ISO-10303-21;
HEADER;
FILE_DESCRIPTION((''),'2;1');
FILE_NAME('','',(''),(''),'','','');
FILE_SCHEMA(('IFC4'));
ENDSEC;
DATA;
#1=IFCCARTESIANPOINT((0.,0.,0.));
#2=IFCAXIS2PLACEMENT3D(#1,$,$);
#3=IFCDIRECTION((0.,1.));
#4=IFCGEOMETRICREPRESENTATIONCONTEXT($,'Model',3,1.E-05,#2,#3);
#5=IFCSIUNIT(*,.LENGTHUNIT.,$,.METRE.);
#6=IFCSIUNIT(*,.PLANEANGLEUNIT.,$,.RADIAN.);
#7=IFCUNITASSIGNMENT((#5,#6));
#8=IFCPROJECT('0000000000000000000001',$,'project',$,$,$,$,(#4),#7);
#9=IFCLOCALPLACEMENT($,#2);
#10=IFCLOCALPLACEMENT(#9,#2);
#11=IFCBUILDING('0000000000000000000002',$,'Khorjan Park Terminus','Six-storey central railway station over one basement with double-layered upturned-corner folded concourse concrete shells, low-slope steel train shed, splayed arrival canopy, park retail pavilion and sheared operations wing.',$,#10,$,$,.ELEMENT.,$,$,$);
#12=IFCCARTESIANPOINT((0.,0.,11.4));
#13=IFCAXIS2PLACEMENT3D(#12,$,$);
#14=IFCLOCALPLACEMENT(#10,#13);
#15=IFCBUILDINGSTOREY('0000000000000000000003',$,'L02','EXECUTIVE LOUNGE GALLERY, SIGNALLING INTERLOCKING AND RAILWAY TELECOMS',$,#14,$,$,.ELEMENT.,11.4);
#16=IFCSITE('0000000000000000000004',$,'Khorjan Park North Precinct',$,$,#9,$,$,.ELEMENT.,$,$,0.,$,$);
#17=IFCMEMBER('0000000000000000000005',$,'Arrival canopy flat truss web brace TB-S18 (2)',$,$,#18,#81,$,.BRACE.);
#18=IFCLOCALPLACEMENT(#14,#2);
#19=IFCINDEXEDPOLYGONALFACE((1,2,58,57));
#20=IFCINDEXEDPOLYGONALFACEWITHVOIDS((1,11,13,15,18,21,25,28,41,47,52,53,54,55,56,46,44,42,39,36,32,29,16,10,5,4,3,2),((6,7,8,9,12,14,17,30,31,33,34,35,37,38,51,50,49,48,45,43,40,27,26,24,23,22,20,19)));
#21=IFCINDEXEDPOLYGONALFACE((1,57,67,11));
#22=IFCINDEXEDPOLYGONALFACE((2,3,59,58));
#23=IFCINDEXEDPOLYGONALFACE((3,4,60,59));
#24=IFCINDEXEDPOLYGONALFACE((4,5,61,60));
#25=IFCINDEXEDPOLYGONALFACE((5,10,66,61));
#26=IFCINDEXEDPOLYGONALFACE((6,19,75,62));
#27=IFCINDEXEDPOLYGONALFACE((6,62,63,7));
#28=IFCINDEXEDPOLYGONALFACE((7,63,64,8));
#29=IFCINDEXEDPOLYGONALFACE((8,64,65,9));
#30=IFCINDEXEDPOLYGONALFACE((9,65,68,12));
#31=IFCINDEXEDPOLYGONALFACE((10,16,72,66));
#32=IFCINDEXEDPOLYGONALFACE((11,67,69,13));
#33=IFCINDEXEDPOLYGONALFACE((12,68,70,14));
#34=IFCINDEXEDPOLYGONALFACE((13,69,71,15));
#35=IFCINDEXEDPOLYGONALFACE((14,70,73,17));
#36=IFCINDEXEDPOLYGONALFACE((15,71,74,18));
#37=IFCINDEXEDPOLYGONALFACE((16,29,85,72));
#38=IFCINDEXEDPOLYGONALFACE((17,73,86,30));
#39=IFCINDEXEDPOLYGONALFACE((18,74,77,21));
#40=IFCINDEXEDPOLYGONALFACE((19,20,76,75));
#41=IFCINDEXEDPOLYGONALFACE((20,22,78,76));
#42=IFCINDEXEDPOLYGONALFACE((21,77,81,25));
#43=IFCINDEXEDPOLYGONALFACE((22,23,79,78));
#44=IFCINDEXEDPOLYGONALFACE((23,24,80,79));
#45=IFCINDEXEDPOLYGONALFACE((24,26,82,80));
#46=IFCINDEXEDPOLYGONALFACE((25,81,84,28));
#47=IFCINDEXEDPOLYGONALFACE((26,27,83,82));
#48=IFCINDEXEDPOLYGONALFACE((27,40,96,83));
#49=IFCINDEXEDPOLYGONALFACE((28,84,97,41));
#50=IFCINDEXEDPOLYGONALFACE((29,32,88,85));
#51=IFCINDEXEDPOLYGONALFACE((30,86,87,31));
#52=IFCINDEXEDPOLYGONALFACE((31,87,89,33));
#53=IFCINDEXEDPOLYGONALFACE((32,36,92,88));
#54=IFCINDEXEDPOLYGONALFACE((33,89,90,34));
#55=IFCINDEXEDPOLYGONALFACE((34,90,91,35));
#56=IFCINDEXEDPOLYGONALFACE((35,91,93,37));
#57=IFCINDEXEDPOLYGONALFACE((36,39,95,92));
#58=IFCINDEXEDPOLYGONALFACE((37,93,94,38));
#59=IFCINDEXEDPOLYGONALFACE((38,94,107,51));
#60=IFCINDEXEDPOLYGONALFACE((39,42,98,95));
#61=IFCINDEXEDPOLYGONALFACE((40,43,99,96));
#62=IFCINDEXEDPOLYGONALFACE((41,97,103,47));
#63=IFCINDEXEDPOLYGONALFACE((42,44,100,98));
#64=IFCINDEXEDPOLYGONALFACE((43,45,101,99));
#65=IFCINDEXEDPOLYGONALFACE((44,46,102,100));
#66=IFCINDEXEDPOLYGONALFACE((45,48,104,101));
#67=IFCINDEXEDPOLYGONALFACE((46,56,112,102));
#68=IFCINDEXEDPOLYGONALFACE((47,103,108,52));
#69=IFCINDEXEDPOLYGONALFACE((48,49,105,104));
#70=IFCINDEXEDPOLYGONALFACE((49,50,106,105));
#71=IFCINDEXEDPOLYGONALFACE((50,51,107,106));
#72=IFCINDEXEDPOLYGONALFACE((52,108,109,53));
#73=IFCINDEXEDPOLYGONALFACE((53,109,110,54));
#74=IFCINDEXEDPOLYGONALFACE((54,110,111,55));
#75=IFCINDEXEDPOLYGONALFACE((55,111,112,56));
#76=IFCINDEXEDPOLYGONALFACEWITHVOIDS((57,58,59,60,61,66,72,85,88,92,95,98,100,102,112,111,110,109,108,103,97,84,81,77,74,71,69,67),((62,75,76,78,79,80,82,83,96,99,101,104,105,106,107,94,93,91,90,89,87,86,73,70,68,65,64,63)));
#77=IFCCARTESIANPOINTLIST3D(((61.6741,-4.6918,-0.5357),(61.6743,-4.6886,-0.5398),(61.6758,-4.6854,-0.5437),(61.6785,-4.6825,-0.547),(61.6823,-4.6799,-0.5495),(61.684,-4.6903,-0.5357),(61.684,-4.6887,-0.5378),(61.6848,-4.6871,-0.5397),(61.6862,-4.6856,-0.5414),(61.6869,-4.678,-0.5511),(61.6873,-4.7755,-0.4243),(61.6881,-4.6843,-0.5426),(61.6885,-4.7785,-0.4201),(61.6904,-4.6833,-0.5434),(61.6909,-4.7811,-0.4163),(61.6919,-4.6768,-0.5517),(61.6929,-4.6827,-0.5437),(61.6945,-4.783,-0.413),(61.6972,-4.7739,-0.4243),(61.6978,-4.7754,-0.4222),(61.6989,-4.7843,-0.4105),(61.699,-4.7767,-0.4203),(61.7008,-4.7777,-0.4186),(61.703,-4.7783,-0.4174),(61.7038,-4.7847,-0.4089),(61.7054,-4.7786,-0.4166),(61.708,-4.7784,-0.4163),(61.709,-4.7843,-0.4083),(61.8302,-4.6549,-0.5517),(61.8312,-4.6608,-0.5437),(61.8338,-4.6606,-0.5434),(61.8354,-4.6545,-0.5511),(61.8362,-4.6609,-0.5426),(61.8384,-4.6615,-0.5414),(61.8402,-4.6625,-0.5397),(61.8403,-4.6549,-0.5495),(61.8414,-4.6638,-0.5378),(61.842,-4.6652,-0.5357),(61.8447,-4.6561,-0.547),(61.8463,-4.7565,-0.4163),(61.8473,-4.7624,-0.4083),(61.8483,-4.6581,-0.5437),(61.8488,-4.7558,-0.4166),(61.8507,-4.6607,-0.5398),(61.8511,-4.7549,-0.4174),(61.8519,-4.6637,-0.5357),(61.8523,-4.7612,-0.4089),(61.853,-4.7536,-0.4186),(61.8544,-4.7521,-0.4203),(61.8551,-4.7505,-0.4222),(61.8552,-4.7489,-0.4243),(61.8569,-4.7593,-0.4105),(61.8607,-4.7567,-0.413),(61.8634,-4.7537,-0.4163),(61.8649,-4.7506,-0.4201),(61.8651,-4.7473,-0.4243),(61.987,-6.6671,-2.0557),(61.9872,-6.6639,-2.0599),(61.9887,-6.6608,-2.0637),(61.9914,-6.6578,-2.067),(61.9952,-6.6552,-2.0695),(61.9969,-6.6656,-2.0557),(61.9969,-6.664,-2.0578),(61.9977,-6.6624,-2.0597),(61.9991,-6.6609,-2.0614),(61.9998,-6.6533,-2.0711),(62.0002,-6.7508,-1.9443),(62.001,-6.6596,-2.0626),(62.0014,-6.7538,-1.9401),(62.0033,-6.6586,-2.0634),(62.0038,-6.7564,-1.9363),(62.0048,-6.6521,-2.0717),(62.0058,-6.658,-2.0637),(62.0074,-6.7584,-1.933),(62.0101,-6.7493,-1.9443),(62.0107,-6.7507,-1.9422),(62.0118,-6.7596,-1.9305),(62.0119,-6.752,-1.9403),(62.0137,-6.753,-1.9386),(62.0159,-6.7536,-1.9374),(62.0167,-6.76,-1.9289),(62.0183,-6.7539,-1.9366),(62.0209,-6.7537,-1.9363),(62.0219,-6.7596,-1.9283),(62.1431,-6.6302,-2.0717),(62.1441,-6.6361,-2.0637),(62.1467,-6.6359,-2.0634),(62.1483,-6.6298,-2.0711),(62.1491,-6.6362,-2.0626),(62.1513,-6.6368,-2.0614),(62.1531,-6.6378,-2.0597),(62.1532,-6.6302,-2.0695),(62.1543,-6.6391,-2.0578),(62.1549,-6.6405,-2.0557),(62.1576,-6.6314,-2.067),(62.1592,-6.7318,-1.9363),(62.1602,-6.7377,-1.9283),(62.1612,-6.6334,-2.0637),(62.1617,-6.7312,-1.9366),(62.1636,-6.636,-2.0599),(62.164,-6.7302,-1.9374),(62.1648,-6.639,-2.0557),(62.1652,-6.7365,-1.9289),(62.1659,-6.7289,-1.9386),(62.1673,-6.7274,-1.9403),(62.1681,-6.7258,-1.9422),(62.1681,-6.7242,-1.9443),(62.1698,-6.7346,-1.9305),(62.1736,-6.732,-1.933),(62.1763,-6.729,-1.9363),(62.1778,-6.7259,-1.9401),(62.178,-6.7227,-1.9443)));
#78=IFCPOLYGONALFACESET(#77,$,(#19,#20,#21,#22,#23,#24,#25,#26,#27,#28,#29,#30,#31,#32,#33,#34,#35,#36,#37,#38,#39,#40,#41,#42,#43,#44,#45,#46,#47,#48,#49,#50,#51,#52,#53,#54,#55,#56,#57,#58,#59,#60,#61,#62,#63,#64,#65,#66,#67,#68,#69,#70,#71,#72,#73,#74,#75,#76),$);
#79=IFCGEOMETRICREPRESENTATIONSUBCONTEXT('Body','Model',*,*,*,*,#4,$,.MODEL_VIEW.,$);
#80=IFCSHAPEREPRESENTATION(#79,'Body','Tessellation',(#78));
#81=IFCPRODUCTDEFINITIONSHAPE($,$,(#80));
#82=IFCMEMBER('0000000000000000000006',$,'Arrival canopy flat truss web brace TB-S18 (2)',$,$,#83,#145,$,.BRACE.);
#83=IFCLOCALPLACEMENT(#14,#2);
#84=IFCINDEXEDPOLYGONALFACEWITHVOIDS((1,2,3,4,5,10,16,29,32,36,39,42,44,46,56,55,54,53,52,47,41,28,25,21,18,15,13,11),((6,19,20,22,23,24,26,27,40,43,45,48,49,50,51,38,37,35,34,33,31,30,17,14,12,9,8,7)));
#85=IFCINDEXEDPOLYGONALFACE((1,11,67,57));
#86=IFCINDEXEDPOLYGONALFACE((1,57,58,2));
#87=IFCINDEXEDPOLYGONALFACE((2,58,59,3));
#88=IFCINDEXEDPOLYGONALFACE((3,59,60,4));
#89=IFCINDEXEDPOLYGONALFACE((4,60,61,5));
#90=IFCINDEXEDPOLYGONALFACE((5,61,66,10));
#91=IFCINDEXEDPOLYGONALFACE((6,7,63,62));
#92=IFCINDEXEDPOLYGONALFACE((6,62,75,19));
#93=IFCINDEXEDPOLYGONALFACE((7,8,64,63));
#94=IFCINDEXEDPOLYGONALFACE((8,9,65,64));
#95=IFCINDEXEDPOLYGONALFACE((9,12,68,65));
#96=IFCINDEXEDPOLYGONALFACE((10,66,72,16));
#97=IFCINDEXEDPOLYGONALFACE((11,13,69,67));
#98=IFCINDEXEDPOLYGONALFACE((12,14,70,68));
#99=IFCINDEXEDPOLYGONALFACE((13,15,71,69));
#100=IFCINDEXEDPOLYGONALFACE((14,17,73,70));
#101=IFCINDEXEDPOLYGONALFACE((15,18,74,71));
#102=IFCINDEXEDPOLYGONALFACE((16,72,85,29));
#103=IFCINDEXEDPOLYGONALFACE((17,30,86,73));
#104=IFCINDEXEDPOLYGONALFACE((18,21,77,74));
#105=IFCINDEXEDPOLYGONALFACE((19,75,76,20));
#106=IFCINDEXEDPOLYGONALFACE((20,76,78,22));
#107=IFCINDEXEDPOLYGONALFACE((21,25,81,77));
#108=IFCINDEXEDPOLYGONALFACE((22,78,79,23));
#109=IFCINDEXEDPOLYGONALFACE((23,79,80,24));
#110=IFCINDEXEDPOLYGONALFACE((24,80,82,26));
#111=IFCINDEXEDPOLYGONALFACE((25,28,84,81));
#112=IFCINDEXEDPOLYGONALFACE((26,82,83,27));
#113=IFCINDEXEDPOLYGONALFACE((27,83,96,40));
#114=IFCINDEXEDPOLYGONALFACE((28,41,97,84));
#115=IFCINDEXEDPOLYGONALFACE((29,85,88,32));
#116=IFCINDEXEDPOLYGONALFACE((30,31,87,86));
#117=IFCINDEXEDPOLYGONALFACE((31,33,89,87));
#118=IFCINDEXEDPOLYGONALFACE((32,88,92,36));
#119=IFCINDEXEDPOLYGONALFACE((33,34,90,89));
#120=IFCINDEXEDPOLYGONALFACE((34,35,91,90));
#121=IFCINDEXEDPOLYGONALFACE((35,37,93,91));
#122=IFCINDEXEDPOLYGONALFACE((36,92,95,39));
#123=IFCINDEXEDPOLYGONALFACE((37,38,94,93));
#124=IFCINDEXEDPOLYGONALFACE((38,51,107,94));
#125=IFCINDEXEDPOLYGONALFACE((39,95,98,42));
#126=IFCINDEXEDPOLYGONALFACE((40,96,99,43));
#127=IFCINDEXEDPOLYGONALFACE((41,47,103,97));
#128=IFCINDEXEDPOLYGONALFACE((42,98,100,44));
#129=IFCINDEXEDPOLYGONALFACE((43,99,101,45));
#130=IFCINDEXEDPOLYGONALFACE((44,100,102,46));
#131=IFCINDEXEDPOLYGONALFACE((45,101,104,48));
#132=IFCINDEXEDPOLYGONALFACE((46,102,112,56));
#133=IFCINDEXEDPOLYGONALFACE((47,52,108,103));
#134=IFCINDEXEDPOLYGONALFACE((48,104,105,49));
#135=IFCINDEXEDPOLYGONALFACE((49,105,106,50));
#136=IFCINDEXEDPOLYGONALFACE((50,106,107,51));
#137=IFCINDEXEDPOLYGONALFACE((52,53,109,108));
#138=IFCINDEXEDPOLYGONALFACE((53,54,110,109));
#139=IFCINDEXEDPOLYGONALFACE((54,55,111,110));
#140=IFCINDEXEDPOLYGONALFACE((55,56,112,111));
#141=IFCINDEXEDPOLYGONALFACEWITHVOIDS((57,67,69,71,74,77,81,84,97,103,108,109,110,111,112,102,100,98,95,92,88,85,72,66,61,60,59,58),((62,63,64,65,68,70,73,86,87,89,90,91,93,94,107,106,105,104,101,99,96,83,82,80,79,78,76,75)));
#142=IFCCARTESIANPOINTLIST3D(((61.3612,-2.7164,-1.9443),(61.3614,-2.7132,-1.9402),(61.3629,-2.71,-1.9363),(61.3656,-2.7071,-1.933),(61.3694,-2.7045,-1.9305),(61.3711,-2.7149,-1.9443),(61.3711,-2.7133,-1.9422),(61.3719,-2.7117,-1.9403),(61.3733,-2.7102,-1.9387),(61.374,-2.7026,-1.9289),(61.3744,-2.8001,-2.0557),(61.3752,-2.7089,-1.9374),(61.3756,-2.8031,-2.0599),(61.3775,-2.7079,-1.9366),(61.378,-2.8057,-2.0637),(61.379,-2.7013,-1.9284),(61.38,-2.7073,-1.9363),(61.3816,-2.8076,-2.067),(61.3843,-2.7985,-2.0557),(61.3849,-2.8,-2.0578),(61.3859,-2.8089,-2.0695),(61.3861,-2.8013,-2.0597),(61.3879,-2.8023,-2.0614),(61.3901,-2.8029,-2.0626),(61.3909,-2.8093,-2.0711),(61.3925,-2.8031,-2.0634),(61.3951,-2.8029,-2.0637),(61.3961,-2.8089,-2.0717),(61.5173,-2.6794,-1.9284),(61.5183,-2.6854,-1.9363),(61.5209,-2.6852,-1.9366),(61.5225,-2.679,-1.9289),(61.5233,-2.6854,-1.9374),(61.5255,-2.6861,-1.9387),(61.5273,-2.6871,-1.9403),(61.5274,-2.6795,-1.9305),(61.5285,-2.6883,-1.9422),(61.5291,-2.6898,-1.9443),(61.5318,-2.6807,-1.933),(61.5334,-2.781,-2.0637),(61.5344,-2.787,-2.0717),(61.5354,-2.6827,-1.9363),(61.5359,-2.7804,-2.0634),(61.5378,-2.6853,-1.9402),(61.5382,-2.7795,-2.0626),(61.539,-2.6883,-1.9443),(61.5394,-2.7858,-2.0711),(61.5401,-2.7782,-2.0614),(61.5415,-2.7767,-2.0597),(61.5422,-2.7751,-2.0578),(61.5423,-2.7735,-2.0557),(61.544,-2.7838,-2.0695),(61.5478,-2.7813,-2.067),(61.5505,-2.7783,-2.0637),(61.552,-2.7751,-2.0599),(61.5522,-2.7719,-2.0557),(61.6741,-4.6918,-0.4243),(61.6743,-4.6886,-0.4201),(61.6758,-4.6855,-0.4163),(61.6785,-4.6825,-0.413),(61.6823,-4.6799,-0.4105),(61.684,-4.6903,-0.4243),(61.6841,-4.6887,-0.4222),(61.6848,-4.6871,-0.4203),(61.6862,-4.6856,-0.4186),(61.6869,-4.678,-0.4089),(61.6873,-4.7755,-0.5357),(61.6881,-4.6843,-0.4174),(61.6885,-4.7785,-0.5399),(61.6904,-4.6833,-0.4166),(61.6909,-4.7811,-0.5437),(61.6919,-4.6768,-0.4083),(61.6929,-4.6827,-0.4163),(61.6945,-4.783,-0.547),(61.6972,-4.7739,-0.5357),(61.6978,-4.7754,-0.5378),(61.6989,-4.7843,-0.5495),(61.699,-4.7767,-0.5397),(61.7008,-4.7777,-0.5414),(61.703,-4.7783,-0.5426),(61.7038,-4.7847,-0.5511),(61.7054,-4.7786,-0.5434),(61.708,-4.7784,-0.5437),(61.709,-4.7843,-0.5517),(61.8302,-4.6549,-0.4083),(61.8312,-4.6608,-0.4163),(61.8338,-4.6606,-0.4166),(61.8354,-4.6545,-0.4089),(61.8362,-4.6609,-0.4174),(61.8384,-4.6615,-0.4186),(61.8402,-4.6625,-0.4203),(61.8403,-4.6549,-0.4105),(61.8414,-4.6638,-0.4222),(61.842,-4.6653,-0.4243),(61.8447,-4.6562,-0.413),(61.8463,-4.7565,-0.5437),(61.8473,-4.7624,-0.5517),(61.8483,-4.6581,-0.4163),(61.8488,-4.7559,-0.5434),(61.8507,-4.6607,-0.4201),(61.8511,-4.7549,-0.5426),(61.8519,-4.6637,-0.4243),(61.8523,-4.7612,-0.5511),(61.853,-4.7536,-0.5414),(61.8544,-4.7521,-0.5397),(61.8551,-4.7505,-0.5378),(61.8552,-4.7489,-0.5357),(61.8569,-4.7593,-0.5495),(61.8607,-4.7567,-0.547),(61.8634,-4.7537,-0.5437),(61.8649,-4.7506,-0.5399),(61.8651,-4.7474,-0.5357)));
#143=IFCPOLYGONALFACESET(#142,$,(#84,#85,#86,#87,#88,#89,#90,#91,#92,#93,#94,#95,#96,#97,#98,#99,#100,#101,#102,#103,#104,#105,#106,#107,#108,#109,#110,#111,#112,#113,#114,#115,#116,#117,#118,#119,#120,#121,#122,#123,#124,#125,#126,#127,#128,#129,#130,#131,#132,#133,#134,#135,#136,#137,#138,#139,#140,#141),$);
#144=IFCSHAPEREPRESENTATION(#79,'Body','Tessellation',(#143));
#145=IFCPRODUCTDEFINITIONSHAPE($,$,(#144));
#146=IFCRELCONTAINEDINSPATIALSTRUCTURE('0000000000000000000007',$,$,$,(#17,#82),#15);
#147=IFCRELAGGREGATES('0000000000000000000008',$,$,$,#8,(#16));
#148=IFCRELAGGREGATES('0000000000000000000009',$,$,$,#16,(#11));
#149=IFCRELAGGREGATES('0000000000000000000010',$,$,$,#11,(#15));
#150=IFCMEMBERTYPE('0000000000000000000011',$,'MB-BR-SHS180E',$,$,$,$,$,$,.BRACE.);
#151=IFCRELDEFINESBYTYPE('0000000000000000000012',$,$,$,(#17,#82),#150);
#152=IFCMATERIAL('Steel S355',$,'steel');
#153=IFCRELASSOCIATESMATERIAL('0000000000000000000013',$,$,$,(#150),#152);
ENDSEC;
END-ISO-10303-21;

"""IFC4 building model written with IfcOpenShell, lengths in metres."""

from ifc_helpers import new_model, si_unit, direction, frame, origin, origin_2d, place, context, subcontext, project, spatial, hollow_rectangle, extrude, material, material_profile, profile_set, type_object, element, save


model = new_model("IFC4")

# Units and contexts
model_context = context("Model", 3, precision=1e-05, world=origin(), true_north=direction((0.0, 1.0)))
body_context = subcontext(model_context, "Body", "Model", "MODEL_VIEW")
ifc_project = project(units=[si_unit("LENGTHUNIT", "METRE"), si_unit("PLANEANGLEUNIT", "RADIAN")], contexts=[model_context])

# Site, building, storey
site_placement = place(None, origin())
site = spatial("IfcSite", under=ifc_project, at=site_placement, Name="Khorjan Park North Precinct", CompositionType="ELEMENT", RefElevation=0.0)
building_placement = place(site_placement, origin())
building = spatial("IfcBuilding", under=site, at=building_placement, Name="Khorjan Park Terminus", Description="Six-storey central railway station over one basement with double-layered upturned-corner folded concourse concrete shells, low-slope steel train shed, splayed arrival canopy, park retail pavilion and sheared operations wing.", CompositionType="ELEMENT")
storey_placement = place(building_placement, frame((0.0, 0.0, 11.4)))
storey = spatial("IfcBuildingStorey", under=building, at=storey_placement, Name="L02", Description="EXECUTIVE LOUNGE GALLERY, SIGNALLING INTERLOCKING AND RAILWAY TELECOMS", CompositionType="ELEMENT", Elevation=11.4)

# Members
ifc_material = material(Name="Steel S355", Category="steel")
ifc_material_profile_1 = material_profile(ifc_material, hollow_rectangle(XDim=0.18, YDim=0.18, WallThickness=0.01, InnerFilletRadius=0.01, OuterFilletRadius=0.02, at=origin_2d()), Name="SHS 180x180x10")
ifc_profile_set_1 = profile_set([ifc_material_profile_1], Name="Steel S355")
member_type_1 = type_object("IfcMemberType", Name="MB-BR-SHS180E", PredefinedType="BRACE", material=ifc_profile_set_1)
member_1_placement = place(storey_placement, frame((62.0825, -6.6949, -2.0), z_axis=(-0.124562, 0.786347, 0.605097), x_axis=(-0.987685, -0.156456, 0.0)))
element("IfcMember", 1, at=member_1_placement, inside=storey, type_object=member_type_1, Name="Arrival canopy flat truss web brace TB-S18 (2)", PredefinedType="BRACE", context=body_context, shape_type="SweptSolid", body=[
    extrude(hollow_rectangle(XDim=0.18, YDim=0.18, WallThickness=0.01, InnerFilletRadius=0.01, OuterFilletRadius=0.02, at=origin_2d()), origin(), (0.0, 0.0, 1.0), 2.512),
])
for number, where, z_axis, x_axis, name in (
    (2, (61.7696, -4.7196, -0.48), (-0.124558, 0.786362, -0.605078), (-0.987686, -0.156448, 0.0), "Arrival canopy flat truss web brace TB-S18 (2)"),
):
    element("IfcMember", number, at=place(storey_placement, frame(where, z_axis=z_axis, x_axis=x_axis)), inside=storey, type_object=member_type_1, Name=name, PredefinedType="BRACE", context=body_context, shape_type="SweptSolid", body=[
        extrude(hollow_rectangle(XDim=0.18, YDim=0.18, WallThickness=0.01, InnerFilletRadius=0.01, OuterFilletRadius=0.02, at=origin_2d()), origin(), (0.0, 0.0, 1.0), 2.5121),
    ])

save(model, "model.ifc")
